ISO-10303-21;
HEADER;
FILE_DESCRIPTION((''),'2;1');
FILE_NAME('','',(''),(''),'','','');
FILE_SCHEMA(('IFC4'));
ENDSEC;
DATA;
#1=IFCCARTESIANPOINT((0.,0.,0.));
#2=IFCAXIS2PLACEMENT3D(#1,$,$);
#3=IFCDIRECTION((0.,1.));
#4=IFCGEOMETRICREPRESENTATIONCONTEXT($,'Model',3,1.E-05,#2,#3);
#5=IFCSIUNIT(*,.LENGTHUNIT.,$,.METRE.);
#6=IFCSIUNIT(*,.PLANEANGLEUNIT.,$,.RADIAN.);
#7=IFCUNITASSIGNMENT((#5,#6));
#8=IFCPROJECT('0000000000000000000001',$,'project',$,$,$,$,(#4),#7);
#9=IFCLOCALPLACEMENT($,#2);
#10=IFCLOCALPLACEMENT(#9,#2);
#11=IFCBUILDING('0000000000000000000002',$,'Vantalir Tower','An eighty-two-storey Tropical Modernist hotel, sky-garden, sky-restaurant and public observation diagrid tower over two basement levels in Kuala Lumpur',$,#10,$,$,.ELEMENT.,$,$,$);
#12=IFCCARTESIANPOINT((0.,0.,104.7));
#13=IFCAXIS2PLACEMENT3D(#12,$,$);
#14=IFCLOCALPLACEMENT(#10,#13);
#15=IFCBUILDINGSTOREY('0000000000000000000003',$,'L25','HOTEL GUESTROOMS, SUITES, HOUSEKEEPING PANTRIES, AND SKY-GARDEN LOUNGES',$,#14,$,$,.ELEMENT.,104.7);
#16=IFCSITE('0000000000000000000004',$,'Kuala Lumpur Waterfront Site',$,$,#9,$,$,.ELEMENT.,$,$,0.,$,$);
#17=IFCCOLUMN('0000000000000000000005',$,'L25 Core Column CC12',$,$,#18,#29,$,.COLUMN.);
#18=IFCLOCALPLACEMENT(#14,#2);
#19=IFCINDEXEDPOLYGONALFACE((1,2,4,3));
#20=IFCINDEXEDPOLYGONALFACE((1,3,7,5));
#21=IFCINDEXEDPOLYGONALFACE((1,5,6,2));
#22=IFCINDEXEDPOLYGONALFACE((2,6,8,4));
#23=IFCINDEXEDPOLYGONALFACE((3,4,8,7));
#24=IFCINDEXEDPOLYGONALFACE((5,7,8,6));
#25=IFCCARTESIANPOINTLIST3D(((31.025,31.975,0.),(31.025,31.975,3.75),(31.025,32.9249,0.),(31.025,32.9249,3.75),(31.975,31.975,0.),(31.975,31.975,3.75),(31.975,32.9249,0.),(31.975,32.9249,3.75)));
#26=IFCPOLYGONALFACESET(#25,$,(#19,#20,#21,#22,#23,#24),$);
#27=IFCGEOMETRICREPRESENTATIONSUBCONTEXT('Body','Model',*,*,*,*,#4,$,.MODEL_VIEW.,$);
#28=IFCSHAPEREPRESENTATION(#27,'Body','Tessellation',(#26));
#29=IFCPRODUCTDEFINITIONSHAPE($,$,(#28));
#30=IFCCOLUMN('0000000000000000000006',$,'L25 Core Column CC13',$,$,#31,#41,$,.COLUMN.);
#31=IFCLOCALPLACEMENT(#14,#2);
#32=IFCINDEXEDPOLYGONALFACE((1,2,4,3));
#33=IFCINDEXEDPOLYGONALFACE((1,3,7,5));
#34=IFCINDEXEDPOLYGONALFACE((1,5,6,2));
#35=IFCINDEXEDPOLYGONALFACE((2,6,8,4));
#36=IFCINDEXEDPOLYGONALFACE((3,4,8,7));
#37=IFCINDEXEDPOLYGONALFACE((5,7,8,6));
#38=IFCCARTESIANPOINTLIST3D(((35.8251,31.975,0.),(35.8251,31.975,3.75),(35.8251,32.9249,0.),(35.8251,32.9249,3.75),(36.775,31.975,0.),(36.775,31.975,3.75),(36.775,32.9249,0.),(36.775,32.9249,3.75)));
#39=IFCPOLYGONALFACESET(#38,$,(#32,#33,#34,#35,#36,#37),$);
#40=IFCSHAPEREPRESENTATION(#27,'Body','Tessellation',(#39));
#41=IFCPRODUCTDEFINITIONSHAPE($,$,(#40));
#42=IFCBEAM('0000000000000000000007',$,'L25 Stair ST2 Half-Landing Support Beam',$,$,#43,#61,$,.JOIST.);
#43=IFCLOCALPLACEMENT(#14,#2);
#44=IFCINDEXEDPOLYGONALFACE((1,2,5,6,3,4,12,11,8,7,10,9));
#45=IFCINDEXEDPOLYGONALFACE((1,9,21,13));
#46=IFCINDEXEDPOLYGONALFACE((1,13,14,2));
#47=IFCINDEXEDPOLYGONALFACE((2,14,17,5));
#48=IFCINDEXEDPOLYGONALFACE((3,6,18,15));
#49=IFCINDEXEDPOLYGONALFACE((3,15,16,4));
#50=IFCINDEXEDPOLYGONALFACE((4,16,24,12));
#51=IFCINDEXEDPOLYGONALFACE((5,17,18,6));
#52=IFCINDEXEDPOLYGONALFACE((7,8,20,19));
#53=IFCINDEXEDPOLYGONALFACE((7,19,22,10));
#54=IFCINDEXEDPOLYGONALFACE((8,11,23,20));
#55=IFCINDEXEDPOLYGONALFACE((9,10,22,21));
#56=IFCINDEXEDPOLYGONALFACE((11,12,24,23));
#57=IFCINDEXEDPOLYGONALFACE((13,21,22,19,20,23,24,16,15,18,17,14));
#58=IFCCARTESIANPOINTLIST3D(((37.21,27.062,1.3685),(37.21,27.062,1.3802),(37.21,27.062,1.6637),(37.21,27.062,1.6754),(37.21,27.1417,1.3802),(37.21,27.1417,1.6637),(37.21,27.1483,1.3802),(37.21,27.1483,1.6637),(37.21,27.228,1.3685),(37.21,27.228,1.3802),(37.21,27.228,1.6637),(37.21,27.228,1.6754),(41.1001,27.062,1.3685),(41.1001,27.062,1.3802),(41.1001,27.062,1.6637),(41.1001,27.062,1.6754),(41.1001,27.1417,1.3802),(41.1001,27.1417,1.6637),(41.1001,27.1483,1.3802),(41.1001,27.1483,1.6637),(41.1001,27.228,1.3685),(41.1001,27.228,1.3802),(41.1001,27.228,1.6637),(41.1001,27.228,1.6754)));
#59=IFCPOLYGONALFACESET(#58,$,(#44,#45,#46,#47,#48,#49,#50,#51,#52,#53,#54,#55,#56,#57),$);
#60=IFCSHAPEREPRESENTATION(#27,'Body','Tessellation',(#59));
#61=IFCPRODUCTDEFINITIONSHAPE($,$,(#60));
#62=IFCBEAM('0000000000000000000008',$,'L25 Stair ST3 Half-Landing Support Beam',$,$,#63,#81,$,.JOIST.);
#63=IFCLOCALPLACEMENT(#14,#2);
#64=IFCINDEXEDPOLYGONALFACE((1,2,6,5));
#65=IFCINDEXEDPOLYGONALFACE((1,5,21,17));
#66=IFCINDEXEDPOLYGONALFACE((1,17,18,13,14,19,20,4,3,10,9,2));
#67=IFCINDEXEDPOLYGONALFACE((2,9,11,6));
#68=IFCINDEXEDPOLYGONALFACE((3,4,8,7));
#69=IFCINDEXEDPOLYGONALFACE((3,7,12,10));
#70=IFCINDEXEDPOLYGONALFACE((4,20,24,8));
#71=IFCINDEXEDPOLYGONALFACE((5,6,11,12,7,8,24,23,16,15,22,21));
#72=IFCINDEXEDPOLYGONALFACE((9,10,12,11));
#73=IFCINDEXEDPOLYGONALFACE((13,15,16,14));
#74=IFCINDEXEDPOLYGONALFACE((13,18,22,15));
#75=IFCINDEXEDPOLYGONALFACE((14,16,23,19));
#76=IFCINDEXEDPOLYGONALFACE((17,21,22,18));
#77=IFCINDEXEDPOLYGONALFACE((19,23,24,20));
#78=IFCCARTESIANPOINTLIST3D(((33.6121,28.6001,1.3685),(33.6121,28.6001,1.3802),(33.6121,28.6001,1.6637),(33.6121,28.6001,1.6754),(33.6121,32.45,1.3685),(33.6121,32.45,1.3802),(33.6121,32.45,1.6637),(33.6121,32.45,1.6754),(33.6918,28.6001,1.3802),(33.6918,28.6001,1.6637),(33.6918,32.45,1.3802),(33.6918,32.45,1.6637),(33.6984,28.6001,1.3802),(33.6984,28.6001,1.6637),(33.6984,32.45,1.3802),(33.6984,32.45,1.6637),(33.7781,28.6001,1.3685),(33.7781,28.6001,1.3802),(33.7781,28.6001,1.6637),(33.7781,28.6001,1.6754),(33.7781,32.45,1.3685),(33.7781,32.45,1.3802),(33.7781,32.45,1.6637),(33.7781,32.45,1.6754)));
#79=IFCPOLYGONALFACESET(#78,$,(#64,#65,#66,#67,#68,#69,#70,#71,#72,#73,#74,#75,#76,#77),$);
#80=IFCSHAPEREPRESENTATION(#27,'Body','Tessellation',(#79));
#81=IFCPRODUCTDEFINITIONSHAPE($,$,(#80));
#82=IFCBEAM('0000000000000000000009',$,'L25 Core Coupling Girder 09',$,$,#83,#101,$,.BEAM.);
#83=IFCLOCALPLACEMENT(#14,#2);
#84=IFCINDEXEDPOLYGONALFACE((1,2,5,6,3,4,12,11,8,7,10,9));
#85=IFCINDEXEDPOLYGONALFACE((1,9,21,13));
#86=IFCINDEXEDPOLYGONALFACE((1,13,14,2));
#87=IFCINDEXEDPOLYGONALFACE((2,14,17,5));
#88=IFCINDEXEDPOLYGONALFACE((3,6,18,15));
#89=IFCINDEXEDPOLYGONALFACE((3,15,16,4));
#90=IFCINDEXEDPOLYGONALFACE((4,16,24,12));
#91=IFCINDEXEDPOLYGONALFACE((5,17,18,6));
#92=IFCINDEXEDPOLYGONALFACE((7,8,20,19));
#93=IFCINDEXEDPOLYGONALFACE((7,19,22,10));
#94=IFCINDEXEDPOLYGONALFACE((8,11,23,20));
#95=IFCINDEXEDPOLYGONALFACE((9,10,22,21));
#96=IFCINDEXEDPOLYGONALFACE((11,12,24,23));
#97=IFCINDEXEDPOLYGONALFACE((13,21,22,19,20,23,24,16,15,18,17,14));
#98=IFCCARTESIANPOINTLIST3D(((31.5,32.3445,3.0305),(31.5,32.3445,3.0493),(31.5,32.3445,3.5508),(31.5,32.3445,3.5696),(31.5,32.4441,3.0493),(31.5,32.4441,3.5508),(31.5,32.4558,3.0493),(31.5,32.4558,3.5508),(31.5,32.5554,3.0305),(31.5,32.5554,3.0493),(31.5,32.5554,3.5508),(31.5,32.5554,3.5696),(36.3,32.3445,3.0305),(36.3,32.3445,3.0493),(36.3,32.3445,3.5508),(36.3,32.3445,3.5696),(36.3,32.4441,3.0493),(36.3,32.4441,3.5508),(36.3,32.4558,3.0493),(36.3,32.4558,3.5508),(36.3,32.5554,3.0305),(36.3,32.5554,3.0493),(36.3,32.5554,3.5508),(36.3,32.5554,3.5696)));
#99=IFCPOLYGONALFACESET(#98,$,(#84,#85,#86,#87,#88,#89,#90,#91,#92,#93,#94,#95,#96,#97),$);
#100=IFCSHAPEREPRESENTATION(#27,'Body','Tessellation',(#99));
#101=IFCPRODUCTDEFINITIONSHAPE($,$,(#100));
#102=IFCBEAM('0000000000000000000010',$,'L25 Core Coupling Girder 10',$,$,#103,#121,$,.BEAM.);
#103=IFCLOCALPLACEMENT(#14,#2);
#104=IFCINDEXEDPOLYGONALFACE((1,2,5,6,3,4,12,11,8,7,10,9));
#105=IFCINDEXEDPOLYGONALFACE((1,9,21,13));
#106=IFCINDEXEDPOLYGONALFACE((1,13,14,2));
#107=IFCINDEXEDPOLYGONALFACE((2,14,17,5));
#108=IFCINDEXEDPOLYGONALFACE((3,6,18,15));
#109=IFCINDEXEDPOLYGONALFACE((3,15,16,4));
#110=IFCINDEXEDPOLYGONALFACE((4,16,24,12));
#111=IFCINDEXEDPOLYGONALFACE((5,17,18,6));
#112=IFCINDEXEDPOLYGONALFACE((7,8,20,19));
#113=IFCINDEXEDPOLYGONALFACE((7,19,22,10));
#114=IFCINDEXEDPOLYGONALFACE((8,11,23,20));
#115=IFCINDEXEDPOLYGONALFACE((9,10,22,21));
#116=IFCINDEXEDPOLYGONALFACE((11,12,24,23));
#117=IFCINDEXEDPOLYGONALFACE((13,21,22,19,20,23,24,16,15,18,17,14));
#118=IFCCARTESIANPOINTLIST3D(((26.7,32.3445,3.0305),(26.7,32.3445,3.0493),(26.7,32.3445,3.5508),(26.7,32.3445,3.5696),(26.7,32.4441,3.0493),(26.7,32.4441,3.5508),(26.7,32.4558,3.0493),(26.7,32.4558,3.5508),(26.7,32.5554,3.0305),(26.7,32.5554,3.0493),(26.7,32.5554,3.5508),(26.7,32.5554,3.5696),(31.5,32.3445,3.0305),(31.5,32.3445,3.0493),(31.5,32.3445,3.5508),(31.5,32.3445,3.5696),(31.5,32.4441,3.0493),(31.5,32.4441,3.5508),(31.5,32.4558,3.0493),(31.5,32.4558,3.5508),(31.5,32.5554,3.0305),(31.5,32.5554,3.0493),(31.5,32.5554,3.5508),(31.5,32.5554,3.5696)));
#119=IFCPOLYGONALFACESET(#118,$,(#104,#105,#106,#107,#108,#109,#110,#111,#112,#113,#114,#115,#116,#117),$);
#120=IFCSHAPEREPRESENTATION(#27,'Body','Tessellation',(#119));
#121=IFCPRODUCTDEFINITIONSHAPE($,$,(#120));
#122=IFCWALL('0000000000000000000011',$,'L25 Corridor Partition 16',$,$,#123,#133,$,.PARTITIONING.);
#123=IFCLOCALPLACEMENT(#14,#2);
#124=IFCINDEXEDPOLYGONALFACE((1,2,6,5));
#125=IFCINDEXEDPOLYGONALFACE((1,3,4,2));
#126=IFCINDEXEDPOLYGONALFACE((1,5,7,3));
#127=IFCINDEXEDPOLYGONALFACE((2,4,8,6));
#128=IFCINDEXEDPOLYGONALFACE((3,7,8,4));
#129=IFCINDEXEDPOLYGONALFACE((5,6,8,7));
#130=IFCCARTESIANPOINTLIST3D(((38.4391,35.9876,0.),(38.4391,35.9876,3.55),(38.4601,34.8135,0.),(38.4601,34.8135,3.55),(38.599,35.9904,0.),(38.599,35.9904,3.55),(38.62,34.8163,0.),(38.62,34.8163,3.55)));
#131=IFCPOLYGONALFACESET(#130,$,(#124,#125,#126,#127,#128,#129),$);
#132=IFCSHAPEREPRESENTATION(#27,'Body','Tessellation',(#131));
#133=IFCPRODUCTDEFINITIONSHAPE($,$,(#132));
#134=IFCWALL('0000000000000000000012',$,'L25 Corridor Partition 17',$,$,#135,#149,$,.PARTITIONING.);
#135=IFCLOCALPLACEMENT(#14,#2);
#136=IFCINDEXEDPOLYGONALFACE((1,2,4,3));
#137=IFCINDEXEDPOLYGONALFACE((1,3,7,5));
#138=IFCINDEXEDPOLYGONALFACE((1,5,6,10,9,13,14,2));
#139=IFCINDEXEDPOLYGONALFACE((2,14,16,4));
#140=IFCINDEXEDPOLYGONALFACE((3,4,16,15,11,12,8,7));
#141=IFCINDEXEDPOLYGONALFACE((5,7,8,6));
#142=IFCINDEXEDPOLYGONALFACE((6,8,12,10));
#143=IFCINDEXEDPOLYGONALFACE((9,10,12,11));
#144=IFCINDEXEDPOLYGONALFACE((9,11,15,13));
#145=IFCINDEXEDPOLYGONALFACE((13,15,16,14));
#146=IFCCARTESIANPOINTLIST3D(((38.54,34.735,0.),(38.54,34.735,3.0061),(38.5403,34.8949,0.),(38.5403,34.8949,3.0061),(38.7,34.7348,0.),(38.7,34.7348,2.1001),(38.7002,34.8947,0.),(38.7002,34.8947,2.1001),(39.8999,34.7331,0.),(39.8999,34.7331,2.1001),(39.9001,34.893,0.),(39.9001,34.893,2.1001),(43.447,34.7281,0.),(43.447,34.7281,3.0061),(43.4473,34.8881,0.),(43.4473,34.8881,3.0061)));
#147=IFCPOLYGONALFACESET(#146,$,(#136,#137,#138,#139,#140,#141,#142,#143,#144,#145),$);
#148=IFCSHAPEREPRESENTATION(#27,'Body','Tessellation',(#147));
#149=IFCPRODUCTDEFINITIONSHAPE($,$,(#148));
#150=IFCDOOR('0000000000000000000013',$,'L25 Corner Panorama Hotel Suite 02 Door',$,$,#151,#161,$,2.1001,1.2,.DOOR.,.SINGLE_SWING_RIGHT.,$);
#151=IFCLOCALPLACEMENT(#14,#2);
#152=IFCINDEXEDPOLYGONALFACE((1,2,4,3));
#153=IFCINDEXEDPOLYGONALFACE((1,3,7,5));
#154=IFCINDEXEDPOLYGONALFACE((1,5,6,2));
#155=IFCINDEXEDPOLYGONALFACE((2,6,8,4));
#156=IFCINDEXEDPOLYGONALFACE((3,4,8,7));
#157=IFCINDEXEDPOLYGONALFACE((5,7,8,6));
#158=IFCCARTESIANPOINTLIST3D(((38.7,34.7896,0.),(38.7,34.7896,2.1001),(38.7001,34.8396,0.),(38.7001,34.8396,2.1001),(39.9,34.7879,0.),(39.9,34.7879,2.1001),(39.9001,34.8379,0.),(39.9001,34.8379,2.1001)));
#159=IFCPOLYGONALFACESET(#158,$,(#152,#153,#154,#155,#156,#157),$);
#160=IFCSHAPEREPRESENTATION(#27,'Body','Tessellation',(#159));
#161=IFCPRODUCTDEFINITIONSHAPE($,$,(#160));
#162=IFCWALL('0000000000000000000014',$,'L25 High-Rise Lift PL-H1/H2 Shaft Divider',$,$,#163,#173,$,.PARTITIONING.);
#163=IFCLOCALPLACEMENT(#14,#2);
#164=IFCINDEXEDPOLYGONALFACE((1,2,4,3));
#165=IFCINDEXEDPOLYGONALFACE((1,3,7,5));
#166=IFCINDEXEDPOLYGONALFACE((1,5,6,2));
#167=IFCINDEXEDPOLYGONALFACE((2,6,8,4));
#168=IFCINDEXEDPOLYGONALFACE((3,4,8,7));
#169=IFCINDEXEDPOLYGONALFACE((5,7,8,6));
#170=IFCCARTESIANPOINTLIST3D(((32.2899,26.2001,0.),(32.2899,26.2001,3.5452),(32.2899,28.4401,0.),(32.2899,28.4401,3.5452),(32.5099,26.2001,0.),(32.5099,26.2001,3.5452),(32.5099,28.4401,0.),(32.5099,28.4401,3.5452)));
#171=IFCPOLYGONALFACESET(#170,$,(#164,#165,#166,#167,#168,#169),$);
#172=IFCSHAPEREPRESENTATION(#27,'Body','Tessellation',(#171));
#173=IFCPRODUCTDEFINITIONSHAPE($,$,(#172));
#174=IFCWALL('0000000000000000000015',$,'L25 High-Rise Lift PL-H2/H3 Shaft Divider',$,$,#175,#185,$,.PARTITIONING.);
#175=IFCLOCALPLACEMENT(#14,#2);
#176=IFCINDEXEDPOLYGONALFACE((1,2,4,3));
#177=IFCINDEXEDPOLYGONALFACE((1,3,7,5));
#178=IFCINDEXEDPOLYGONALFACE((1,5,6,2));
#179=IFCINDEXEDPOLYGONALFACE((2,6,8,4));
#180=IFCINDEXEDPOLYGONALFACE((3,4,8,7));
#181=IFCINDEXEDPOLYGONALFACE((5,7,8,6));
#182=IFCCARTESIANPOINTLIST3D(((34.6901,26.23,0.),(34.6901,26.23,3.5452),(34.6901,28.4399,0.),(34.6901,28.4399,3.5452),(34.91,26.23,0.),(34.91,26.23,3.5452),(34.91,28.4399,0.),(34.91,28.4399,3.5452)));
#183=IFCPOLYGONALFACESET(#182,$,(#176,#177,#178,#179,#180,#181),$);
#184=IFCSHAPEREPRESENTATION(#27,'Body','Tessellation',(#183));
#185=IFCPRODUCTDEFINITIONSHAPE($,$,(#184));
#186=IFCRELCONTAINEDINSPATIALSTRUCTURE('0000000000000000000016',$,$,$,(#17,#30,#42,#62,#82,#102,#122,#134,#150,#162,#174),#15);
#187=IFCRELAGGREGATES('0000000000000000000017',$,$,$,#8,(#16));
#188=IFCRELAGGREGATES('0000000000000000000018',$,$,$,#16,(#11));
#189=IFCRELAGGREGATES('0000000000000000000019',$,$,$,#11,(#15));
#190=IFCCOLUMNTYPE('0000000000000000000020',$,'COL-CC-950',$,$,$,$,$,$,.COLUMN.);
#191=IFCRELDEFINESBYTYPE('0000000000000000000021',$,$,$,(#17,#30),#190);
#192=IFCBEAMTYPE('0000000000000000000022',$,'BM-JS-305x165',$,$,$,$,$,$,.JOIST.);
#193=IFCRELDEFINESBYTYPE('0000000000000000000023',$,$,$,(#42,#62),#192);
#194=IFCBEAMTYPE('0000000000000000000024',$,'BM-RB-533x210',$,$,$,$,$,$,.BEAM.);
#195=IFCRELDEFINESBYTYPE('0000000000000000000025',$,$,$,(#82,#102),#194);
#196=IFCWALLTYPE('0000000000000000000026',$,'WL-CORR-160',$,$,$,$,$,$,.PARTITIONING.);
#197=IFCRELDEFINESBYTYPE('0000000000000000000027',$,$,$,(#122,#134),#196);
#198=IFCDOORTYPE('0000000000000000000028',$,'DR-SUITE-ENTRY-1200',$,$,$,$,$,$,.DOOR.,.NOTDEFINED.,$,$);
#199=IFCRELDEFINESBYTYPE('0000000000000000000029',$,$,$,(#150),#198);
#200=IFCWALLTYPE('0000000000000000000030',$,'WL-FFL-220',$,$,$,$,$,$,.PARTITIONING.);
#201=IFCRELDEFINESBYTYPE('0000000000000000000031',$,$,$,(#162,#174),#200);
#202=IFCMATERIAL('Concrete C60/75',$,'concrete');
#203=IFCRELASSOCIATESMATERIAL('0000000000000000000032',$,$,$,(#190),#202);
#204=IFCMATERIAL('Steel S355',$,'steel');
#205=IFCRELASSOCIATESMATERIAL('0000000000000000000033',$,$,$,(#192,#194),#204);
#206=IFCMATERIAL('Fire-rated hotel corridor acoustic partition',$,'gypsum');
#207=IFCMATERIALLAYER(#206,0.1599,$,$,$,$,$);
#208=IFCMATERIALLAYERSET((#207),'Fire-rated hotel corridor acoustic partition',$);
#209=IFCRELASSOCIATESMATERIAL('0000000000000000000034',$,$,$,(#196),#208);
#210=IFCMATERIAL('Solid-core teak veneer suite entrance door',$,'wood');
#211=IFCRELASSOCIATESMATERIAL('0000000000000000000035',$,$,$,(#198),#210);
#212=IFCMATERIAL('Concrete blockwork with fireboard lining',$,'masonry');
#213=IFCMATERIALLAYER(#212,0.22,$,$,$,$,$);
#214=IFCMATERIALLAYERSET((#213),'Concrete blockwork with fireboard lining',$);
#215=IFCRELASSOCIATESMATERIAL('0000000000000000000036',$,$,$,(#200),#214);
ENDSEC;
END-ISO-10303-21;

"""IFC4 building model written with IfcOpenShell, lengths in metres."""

from ifc_helpers import new_model, si_unit, direction, frame, frame_2d, origin, origin_2d, place, context, subcontext, project, spatial, rectangle, i_section, extrude, material, layer, layer_set, material_profile, profile_set, type_object, element, fill, save


model = new_model("IFC4")

# Units and contexts
model_context = context("Model", 3, precision=1e-05, world=origin(), true_north=direction((0.0, 1.0)))
body_context = subcontext(model_context, "Body", "Model", "MODEL_VIEW")
ifc_project = project(units=[si_unit("LENGTHUNIT", "METRE"), si_unit("PLANEANGLEUNIT", "RADIAN")], contexts=[model_context])

# Site, building, storey
site_placement = place(None, origin())
site = spatial("IfcSite", under=ifc_project, at=site_placement, Name="Kuala Lumpur Waterfront Site", CompositionType="ELEMENT", RefElevation=0.0)
building_placement = place(site_placement, origin())
building = spatial("IfcBuilding", under=site, at=building_placement, Name="Vantalir Tower", Description="An eighty-two-storey Tropical Modernist hotel, sky-garden, sky-restaurant and public observation diagrid tower over two basement levels in Kuala Lumpur", CompositionType="ELEMENT")
storey_placement = place(building_placement, frame((0.0, 0.0, 104.7)))
storey = spatial("IfcBuildingStorey", under=building, at=storey_placement, Name="L25", Description="HOTEL GUESTROOMS, SUITES, HOUSEKEEPING PANTRIES, AND SKY-GARDEN LOUNGES", CompositionType="ELEMENT", Elevation=104.7)

# Columns
ifc_material_1 = material(Name="Concrete C60/75", Category="concrete")
ifc_material_profile_1 = material_profile(ifc_material_1, rectangle(XDim=0.95, YDim=0.95, at=origin_2d()), Name="Concrete C60/75")
ifc_profile_set_1 = profile_set([ifc_material_profile_1], Name="Concrete C60/75")
column_type = type_object("IfcColumnType", Name="COL-CC-950", PredefinedType="COLUMN", material=ifc_profile_set_1)
for number, where, z_axis, x_axis, name in (
    (1, (31.5, 32.45, 0.0), (0.0, 0.0, 1.0), (1.0, 0.0, 0.0), "L25 Core Column CC12"),
    (2, (36.3, 32.45, 0.0), (0.0, 0.0, 1.0), (1.0, 0.0, 0.0), "L25 Core Column CC13"),
):
    element("IfcColumn", number, at=place(storey_placement, frame(where, z_axis=z_axis, x_axis=x_axis)), inside=storey, type_object=column_type, Name=name, PredefinedType="COLUMN", context=body_context, shape_type="SweptSolid", body=[
        extrude(rectangle(XDim=0.95, YDim=0.95, at=origin_2d()), origin(), (0.0, 0.0, 1.0), 3.75),
    ])

# Beams
ifc_material_2 = material(Name="Steel S355", Category="steel")
ifc_material_profile_2 = material_profile(ifc_material_2, i_section(OverallWidth=0.166, OverallDepth=0.3069, WebThickness=0.0066, FlangeThickness=0.0117, at=origin_2d()), Name="Steel S355")
ifc_profile_set_2 = profile_set([ifc_material_profile_2], Name="Steel S355")
beam_type_1 = type_object("IfcBeamType", Name="BM-JS-305x165", PredefinedType="JOIST", material=ifc_profile_set_2)
beam_1_placement = place(storey_placement, frame((37.21, 27.145, 1.522), z_axis=(1.0, 0.0, 0.0), x_axis=(0.0, 1.0, 0.0)))
element("IfcBeam", 3, at=beam_1_placement, inside=storey, type_object=beam_type_1, Name="L25 Stair ST2 Half-Landing Support Beam", PredefinedType="JOIST", context=body_context, shape_type="SweptSolid", body=[
    extrude(i_section(OverallWidth=0.166, OverallDepth=0.3069, WebThickness=0.0066, FlangeThickness=0.0117, at=origin_2d()), origin(), (0.0, 0.0, 1.0), 3.8901),
])
beam_2_placement = place(storey_placement, frame((33.6951, 28.6001, 1.522), z_axis=(0.0, 1.0, 0.0), x_axis=(-1.0, 0.0, 0.0)))
element("IfcBeam", 4, at=beam_2_placement, inside=storey, type_object=beam_type_1, Name="L25 Stair ST3 Half-Landing Support Beam", PredefinedType="JOIST", context=body_context, shape_type="SweptSolid", body=[
    extrude(i_section(OverallWidth=0.166, OverallDepth=0.3069, WebThickness=0.0066, FlangeThickness=0.0117, at=origin_2d()), origin(), (0.0, 0.0, 1.0), 3.8499),
])
ifc_material_profile_3 = material_profile(ifc_material_2, i_section(OverallWidth=0.2109, OverallDepth=0.5391, WebThickness=0.0117, FlangeThickness=0.0188, at=origin_2d()), Name="Steel S355")
ifc_profile_set_3 = profile_set([ifc_material_profile_3], Name="Steel S355")
beam_type_2 = type_object("IfcBeamType", Name="BM-RB-533x210", PredefinedType="BEAM", material=ifc_profile_set_3)
for number, where, z_axis, x_axis, name in (
    (5, (36.3, 32.45, 3.3), (-1.0, 0.0, 0.0), (0.0, -1.0, 0.0), "L25 Core Coupling Girder 09"),
    (6, (31.5, 32.45, 3.3), (-1.0, 0.0, 0.0), (0.0, -1.0, 0.0), "L25 Core Coupling Girder 10"),
):
    element("IfcBeam", number, at=place(storey_placement, frame(where, z_axis=z_axis, x_axis=x_axis)), inside=storey, type_object=beam_type_2, Name=name, PredefinedType="BEAM", context=body_context, shape_type="SweptSolid", body=[
        extrude(i_section(OverallWidth=0.2109, OverallDepth=0.5391, WebThickness=0.0117, FlangeThickness=0.0188, at=origin_2d()), origin(), (0.0, 0.0, 1.0), 4.8),
    ])

# Wall
ifc_material_3 = material(Name="Fire-rated hotel corridor acoustic partition", Category="gypsum")
ifc_layer_1 = layer(ifc_material_3, 0.1599)
ifc_layer_set_1 = layer_set([ifc_layer_1], Name="Fire-rated hotel corridor acoustic partition")
wall_type_1 = type_object("IfcWallType", Name="WL-CORR-160", PredefinedType="PARTITIONING", material=ifc_layer_set_1)
wall_1_placement = place(storey_placement, frame((38.519, 35.989, 0.0), z_axis=(0.0, 0.0, 1.0), x_axis=(0.01788, -0.99984, 0.0)))
element("IfcWall", 7, at=wall_1_placement, inside=storey, type_object=wall_type_1, Name="L25 Corridor Partition 16", PredefinedType="PARTITIONING", context=body_context, shape_type="SweptSolid", body=[
    extrude(rectangle(XDim=1.1743, YDim=0.1599, at=frame_2d((0.5872, 0.0))), origin(), (0.0, 0.0, 1.0), 3.55),
])

# Wall, opening, door
wall_2_placement = place(storey_placement, frame((38.54, 34.8149, 0.0), z_axis=(0.0, 0.0, 1.0), x_axis=(0.999999, -0.001393, 0.0)))
wall_2 = element("IfcWall", 8, at=wall_2_placement, inside=storey, type_object=wall_type_1, Name="L25 Corridor Partition 17", PredefinedType="PARTITIONING", context=body_context, shape_type="SweptSolid", body=[
    extrude(rectangle(XDim=4.907, YDim=0.1599, at=frame_2d((2.4536, 0.0))), origin(), (0.0, 0.0, 1.0), 3.0061),
])
opening_placement = place(wall_2_placement, frame((0.1599, 0.0, 0.0)))
opening = element("IfcOpeningElement", 9, at=opening_placement, cuts=wall_2, PredefinedType="OPENING", context=body_context, shape_type="SweptSolid", body=[
    extrude(rectangle(XDim=1.2, YDim=2.1001, at=frame_2d((0.6001, 1.05))), frame((0.0, 0.0898, 0.0), z_axis=(0.0, -1.0, 0.0), x_axis=(1.0, 0.0, 0.0)), (0.0, 0.0, 1.0), 0.1799),
])
ifc_material_4 = material(Name="Solid-core teak veneer suite entrance door", Category="wood")
door_type = type_object("IfcDoorType", Name="DR-SUITE-ENTRY-1200", OperationType="NOTDEFINED", PredefinedType="DOOR", material=ifc_material_4)
door_placement = place(opening_placement, origin())
door = element("IfcDoor", 10, at=door_placement, inside=storey, type_object=door_type, Name="L25 Corner Panorama Hotel Suite 02 Door", OperationType="SINGLE_SWING_RIGHT", OverallHeight=2.1001, OverallWidth=1.2, PredefinedType="DOOR", context=body_context, shape_type="SweptSolid", body=[
    extrude(rectangle(XDim=1.2, YDim=2.1001, at=frame_2d((0.6001, 1.05))), frame((0.0, 0.0249, 0.0), z_axis=(0.0, -1.0, 0.0), x_axis=(1.0, 0.0, 0.0)), (0.0, 0.0, 1.0), 0.05),
])
fill(opening, door)

# Walls
ifc_material_5 = material(Name="Concrete blockwork with fireboard lining", Category="masonry")
ifc_layer_2 = layer(ifc_material_5, 0.22)
ifc_layer_set_2 = layer_set([ifc_layer_2], Name="Concrete blockwork with fireboard lining")
wall_type_2 = type_object("IfcWallType", Name="WL-FFL-220", PredefinedType="PARTITIONING", material=ifc_layer_set_2)
wall_3_placement = place(storey_placement, frame((32.3999, 26.2, 0.0), z_axis=(0.0, 0.0, 1.0), x_axis=(0.0, 1.0, 0.0)))
element("IfcWall", 11, at=wall_3_placement, inside=storey, type_object=wall_type_2, Name="L25 High-Rise Lift PL-H1/H2 Shaft Divider", PredefinedType="PARTITIONING", context=body_context, shape_type="SweptSolid", body=[
    extrude(rectangle(XDim=2.24, YDim=0.22, at=frame_2d((1.1201, 0.0))), origin(), (0.0, 0.0, 1.0), 3.5452),
])
wall_4_placement = place(storey_placement, frame((34.8, 26.23, 0.0), z_axis=(0.0, 0.0, 1.0), x_axis=(0.0, 1.0, 0.0)))
element("IfcWall", 12, at=wall_4_placement, inside=storey, type_object=wall_type_2, Name="L25 High-Rise Lift PL-H2/H3 Shaft Divider", PredefinedType="PARTITIONING", context=body_context, shape_type="SweptSolid", body=[
    extrude(rectangle(XDim=2.21, YDim=0.22, at=frame_2d((1.105, 0.0))), origin(), (0.0, 0.0, 1.0), 3.5452),
])

save(model, "model.ifc")
